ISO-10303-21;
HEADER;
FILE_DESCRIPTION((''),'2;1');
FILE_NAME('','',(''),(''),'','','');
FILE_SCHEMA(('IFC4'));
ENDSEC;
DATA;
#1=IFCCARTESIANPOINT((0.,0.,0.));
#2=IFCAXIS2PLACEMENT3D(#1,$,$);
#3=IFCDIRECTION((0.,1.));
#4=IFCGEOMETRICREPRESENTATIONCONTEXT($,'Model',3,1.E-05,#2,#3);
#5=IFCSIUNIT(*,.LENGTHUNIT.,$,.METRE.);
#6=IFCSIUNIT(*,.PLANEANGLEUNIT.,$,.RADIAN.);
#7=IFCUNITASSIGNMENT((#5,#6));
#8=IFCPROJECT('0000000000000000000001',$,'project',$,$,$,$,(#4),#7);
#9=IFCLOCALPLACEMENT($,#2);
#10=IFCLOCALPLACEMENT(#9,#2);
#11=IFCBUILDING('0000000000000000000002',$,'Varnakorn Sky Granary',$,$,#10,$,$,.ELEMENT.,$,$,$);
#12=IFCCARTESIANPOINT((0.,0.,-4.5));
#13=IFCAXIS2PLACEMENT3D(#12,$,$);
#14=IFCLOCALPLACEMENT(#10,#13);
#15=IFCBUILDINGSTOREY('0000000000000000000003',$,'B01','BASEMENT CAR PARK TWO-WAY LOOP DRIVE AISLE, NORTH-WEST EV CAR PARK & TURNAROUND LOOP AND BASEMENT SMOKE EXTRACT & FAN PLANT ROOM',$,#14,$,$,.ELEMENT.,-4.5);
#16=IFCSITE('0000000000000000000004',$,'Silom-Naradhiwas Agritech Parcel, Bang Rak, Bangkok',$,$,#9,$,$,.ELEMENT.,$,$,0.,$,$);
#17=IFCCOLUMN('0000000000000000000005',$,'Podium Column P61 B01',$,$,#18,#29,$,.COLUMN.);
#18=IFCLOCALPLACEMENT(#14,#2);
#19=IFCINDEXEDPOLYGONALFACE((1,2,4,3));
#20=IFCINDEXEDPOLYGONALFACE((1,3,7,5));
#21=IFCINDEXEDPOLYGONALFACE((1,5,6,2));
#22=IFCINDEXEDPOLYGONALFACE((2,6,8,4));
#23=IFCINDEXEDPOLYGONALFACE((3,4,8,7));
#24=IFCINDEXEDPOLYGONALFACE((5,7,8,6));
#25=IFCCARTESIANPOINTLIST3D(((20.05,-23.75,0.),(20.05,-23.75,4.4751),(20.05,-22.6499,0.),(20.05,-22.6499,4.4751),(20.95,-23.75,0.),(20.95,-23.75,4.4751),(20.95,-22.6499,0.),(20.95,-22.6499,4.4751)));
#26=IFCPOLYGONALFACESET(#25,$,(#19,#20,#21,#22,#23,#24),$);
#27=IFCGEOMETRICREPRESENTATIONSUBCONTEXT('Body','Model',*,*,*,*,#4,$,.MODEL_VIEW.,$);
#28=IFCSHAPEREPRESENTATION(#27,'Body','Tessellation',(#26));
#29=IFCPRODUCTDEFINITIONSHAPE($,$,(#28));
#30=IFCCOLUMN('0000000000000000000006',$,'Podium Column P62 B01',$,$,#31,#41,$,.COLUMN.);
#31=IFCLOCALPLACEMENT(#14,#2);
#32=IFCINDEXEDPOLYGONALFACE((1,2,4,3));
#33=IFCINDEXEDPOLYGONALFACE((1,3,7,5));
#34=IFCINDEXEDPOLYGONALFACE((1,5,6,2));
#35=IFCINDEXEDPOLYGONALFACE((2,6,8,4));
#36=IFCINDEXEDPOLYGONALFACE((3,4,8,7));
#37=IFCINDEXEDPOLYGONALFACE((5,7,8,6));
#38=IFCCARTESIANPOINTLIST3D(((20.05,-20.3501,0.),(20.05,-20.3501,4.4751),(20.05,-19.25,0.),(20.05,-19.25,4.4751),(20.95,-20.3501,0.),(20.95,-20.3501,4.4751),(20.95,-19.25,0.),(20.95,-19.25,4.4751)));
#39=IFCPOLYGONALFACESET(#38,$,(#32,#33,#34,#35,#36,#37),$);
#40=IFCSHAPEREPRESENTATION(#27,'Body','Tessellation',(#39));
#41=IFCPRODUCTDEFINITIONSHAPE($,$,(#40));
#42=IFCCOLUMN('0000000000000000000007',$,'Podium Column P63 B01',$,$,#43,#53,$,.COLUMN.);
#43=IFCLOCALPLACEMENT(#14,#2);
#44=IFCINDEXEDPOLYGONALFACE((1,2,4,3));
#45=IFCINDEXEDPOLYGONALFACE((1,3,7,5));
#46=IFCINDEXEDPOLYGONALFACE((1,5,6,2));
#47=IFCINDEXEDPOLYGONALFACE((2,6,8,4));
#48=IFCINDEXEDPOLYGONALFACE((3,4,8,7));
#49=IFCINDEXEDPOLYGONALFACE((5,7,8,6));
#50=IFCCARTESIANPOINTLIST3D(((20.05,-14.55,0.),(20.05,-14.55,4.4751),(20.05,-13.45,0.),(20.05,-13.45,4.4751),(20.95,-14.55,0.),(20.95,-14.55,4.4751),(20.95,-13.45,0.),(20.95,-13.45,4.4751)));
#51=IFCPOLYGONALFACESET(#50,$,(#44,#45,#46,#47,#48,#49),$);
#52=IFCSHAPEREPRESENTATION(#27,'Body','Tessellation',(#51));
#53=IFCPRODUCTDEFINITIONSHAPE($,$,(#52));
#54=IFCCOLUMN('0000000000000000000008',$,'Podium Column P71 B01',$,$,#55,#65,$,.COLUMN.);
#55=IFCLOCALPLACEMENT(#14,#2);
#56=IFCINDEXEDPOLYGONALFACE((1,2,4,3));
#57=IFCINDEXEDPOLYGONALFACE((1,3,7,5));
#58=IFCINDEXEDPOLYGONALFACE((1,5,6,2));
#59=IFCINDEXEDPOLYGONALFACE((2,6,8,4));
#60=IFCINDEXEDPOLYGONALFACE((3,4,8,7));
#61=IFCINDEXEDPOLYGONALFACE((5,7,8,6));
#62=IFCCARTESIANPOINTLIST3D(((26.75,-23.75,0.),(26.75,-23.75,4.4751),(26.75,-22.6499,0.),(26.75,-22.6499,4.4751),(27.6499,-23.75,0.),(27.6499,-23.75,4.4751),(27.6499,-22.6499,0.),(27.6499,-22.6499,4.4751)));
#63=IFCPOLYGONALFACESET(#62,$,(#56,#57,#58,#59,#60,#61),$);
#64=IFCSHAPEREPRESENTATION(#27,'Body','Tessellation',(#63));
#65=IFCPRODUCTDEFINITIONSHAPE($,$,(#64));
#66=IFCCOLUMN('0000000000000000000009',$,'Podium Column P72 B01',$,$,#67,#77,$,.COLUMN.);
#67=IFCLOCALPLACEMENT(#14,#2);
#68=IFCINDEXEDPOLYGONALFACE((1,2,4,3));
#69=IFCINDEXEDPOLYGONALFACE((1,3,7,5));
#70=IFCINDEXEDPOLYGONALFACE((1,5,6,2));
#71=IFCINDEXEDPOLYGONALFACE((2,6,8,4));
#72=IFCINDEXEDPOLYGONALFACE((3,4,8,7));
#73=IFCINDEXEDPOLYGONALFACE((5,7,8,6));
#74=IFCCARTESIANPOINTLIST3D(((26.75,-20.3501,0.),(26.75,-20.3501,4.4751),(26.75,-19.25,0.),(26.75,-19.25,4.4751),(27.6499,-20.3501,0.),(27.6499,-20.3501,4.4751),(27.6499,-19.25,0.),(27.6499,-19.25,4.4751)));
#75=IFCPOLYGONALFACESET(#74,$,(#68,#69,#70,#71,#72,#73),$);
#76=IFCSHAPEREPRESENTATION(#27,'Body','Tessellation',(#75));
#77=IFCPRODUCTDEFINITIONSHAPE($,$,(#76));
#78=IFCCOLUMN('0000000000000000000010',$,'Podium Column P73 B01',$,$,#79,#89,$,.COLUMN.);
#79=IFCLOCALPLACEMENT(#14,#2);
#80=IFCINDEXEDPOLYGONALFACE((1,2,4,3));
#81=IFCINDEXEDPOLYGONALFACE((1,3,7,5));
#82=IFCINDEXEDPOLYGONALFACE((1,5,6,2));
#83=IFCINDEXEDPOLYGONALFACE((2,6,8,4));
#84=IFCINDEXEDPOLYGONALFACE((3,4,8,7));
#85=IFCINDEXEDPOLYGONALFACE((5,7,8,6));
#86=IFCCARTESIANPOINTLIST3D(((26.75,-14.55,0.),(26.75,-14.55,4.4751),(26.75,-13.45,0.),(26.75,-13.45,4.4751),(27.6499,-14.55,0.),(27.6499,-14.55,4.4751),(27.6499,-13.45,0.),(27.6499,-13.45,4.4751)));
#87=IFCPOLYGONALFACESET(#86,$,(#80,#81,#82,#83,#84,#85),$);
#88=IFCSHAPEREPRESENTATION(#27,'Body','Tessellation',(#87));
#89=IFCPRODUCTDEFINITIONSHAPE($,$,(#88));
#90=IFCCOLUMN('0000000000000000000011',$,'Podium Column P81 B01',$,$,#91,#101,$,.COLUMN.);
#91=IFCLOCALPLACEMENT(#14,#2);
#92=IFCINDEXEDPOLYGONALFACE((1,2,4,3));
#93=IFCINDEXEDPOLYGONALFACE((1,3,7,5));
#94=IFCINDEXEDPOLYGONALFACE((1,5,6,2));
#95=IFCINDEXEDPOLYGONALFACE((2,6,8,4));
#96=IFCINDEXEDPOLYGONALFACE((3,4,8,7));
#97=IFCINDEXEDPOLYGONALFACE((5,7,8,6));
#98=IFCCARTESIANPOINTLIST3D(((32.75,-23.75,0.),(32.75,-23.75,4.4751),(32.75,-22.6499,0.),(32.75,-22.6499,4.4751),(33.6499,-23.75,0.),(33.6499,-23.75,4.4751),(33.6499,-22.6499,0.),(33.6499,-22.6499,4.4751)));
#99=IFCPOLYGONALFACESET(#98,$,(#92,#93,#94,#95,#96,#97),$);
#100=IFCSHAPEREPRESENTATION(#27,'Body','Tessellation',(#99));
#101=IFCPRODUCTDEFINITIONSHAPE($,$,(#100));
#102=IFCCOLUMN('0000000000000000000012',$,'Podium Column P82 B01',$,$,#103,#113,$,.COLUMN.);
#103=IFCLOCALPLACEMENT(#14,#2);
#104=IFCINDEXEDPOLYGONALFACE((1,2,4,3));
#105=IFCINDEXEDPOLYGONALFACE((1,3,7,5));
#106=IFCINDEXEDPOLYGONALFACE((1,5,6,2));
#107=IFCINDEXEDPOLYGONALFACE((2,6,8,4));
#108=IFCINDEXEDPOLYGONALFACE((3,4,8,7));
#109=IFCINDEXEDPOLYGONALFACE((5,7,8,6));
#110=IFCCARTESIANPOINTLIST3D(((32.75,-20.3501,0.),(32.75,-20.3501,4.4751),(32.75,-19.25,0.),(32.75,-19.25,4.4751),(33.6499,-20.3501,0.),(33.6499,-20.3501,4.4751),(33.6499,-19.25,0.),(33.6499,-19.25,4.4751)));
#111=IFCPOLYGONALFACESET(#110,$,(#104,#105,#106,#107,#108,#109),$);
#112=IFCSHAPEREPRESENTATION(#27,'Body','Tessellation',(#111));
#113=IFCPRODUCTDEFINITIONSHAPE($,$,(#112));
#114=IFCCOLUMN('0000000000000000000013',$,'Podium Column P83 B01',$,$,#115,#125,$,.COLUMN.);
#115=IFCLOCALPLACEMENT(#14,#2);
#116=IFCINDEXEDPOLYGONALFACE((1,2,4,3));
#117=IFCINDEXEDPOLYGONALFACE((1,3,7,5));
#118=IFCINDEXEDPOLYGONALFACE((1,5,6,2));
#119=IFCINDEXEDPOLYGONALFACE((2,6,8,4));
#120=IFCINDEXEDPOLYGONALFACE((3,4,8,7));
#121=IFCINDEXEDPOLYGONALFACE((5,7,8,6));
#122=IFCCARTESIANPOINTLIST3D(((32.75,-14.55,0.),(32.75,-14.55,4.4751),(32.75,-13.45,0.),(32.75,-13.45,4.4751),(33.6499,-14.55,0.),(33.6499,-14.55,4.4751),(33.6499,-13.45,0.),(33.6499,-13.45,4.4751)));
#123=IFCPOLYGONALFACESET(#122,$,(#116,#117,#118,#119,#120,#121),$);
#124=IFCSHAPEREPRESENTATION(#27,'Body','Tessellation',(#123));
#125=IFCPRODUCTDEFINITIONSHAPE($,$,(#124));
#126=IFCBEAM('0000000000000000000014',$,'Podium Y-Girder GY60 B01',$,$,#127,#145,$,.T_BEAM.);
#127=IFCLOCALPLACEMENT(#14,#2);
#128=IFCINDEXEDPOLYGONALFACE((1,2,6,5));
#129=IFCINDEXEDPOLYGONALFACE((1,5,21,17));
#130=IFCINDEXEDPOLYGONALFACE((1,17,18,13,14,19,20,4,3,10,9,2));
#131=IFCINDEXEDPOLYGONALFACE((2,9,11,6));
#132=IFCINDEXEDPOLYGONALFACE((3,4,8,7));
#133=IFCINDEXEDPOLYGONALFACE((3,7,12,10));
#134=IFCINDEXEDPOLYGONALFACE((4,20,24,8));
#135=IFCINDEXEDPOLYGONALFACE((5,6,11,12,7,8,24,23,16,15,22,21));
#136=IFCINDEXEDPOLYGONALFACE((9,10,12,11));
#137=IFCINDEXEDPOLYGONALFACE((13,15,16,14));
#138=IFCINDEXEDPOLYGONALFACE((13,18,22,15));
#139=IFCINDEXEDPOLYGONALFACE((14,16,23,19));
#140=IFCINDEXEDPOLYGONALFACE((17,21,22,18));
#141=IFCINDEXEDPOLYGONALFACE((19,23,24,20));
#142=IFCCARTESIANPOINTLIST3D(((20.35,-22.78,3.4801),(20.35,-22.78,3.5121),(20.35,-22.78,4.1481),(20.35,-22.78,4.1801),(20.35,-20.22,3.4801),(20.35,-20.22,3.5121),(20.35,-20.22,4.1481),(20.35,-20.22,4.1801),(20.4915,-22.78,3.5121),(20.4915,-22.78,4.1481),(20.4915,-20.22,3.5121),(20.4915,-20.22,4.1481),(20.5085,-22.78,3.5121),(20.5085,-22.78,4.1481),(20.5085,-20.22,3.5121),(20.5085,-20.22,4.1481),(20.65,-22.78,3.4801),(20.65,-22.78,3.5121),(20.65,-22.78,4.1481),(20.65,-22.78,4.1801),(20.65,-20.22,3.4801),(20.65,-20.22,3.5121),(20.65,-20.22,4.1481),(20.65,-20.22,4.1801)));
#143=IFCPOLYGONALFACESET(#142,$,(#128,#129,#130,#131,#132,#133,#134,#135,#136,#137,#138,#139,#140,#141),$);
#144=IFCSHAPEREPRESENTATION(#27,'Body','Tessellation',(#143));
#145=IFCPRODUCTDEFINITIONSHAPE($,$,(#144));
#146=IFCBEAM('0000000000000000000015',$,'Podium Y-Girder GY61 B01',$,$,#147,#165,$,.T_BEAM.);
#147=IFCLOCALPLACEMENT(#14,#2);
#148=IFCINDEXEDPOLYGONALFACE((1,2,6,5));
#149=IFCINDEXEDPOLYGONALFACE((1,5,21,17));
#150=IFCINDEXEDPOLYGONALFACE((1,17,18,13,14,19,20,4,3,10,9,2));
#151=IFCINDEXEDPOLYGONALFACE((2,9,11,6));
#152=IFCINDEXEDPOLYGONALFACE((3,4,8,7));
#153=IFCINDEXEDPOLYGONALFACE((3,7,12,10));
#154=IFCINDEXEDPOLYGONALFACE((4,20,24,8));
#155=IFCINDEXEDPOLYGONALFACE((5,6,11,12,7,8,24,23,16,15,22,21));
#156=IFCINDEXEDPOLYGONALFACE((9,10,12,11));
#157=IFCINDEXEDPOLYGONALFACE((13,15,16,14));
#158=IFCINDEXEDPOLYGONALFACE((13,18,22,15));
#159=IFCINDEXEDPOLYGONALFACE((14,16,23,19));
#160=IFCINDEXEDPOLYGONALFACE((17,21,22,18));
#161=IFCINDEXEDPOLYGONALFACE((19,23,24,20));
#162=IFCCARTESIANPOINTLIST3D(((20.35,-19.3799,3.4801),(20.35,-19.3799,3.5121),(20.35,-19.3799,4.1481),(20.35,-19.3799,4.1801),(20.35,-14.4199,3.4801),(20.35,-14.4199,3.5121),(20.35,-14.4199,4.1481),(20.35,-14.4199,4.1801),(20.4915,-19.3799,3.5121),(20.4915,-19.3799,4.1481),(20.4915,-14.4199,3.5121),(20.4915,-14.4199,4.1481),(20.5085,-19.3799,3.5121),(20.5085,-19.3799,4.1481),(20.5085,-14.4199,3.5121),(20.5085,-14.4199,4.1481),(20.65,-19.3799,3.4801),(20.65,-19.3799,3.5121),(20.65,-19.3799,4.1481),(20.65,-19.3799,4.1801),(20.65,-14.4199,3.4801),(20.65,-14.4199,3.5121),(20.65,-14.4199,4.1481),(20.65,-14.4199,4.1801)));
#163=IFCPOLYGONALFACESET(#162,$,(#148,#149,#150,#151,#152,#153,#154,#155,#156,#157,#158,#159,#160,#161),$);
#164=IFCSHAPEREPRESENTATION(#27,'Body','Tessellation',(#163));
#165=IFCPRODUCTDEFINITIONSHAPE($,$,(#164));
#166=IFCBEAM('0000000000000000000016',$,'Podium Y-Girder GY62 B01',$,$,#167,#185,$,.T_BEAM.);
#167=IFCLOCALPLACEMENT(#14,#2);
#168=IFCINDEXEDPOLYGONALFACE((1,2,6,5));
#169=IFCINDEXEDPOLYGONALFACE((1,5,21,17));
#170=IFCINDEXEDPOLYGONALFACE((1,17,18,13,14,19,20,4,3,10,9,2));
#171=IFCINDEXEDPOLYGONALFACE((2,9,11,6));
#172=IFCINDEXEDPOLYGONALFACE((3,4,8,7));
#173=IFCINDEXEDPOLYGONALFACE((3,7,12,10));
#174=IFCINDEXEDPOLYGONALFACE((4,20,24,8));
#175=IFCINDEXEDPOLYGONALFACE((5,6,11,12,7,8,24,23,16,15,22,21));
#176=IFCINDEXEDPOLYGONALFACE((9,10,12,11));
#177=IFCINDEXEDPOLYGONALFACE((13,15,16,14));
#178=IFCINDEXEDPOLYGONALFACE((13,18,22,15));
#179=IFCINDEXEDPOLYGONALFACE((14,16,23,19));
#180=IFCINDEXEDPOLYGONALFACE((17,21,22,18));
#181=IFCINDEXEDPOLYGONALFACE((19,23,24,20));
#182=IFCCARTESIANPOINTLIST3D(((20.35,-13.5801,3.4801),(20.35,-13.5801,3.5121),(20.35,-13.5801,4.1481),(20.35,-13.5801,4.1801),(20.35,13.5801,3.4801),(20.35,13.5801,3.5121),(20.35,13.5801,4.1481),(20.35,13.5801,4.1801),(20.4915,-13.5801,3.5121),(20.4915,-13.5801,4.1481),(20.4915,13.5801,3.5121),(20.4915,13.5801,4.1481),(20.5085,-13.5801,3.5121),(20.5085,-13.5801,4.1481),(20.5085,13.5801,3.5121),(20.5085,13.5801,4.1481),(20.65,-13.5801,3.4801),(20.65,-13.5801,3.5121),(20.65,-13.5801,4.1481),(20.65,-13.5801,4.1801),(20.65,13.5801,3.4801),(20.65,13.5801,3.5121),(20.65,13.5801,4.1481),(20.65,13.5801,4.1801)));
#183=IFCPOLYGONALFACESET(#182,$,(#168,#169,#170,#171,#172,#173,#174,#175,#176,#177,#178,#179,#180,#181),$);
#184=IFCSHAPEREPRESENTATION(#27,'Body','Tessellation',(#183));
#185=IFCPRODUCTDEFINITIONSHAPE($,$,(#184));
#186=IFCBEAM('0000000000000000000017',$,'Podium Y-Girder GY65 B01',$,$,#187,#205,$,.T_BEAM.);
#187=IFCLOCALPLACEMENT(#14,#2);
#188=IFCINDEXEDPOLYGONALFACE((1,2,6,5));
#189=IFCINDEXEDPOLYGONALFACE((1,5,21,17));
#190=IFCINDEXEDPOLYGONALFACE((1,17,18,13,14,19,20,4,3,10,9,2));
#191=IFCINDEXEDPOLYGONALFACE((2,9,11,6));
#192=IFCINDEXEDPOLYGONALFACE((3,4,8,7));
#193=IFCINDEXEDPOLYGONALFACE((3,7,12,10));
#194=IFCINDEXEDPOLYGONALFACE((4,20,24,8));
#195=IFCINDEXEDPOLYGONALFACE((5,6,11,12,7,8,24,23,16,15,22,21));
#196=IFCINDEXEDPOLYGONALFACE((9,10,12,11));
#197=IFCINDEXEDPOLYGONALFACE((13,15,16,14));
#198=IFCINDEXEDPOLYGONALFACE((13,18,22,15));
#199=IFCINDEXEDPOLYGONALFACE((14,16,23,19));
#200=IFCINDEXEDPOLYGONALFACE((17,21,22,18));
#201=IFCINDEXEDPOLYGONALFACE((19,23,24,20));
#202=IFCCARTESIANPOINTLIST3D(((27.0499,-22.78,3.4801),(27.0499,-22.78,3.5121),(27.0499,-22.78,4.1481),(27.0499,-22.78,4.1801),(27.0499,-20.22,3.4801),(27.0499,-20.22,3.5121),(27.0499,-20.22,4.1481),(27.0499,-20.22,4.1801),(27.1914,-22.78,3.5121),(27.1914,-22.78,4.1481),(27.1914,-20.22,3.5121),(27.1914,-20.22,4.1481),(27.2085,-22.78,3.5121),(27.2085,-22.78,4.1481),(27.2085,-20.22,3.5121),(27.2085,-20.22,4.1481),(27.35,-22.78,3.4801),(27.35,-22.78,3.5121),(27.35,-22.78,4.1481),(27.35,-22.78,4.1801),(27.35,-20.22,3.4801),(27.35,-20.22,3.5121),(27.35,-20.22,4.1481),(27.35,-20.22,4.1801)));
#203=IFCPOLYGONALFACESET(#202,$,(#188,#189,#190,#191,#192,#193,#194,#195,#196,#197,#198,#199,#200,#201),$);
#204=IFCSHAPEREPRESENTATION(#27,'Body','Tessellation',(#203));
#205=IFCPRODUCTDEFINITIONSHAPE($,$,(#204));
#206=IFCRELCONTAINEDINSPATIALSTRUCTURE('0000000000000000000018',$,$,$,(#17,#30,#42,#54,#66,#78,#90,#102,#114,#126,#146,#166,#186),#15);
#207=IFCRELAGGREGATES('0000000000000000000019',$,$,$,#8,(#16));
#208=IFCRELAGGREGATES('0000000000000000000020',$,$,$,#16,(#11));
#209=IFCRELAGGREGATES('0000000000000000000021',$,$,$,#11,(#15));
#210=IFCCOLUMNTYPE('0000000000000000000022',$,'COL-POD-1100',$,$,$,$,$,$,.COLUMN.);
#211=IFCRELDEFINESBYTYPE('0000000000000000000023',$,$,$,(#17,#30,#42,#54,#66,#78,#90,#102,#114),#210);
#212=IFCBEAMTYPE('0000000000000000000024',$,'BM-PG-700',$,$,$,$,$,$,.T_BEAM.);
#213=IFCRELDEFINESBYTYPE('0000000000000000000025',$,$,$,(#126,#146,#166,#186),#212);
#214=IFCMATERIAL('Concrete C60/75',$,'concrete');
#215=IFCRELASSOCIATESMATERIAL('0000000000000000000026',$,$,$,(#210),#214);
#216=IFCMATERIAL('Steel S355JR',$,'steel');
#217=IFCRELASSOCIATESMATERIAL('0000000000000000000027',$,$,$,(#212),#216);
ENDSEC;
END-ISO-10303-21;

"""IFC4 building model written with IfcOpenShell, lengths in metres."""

from ifc_helpers import new_model, si_unit, direction, frame, origin, origin_2d, place, context, subcontext, project, spatial, rectangle, i_section, extrude, material, material_profile, profile_set, type_object, element, save


model = new_model("IFC4")

# Units and contexts
model_context = context("Model", 3, precision=1e-05, world=origin(), true_north=direction((0.0, 1.0)))
body_context = subcontext(model_context, "Body", "Model", "MODEL_VIEW")
ifc_project = project(units=[si_unit("LENGTHUNIT", "METRE"), si_unit("PLANEANGLEUNIT", "RADIAN")], contexts=[model_context])

# Site, building, storey
site_placement = place(None, origin())
site = spatial("IfcSite", under=ifc_project, at=site_placement, Name="Silom-Naradhiwas Agritech Parcel, Bang Rak, Bangkok", CompositionType="ELEMENT", RefElevation=0.0)
building_placement = place(site_placement, origin())
building = spatial("IfcBuilding", under=site, at=building_placement, Name="Varnakorn Sky Granary", CompositionType="ELEMENT")
storey_placement = place(building_placement, frame((0.0, 0.0, -4.5)))
storey = spatial("IfcBuildingStorey", under=building, at=storey_placement, Name="B01", Description="BASEMENT CAR PARK TWO-WAY LOOP DRIVE AISLE, NORTH-WEST EV CAR PARK & TURNAROUND LOOP AND BASEMENT SMOKE EXTRACT & FAN PLANT ROOM", CompositionType="ELEMENT", Elevation=-4.5)

# Columns
ifc_material_1 = material(Name="Concrete C60/75", Category="concrete")
ifc_material_profile_1 = material_profile(ifc_material_1, rectangle(XDim=0.8999, YDim=1.1001, at=origin_2d()), Name="RC 900x1100")
ifc_profile_set_1 = profile_set([ifc_material_profile_1], Name="Concrete C60/75")
column_type = type_object("IfcColumnType", Name="COL-POD-1100", PredefinedType="COLUMN", material=ifc_profile_set_1)
for number, where, z_axis, x_axis, name in (
    (1, (20.5, -23.2, 0.0), (0.0, 0.0, 1.0), (1.0, 0.0, 0.0), "Podium Column P61 B01"),
    (2, (20.5, -19.8, 0.0), (0.0, 0.0, 1.0), (1.0, 0.0, 0.0), "Podium Column P62 B01"),
    (3, (20.5, -14.0, 0.0), (0.0, 0.0, 1.0), (1.0, 0.0, 0.0), "Podium Column P63 B01"),
    (4, (27.2, -23.2, 0.0), (0.0, 0.0, 1.0), (1.0, 0.0, 0.0), "Podium Column P71 B01"),
    (5, (27.2, -19.8, 0.0), (0.0, 0.0, 1.0), (1.0, 0.0, 0.0), "Podium Column P72 B01"),
    (6, (27.2, -14.0, 0.0), (0.0, 0.0, 1.0), (1.0, 0.0, 0.0), "Podium Column P73 B01"),
    (7, (33.2, -23.2, 0.0), (0.0, 0.0, 1.0), (1.0, 0.0, 0.0), "Podium Column P81 B01"),
    (8, (33.2, -19.8, 0.0), (0.0, 0.0, 1.0), (1.0, 0.0, 0.0), "Podium Column P82 B01"),
    (9, (33.2, -14.0, 0.0), (0.0, 0.0, 1.0), (1.0, 0.0, 0.0), "Podium Column P83 B01"),
):
    element("IfcColumn", number, at=place(storey_placement, frame(where, z_axis=z_axis, x_axis=x_axis)), inside=storey, type_object=column_type, Name=name, PredefinedType="COLUMN", context=body_context, shape_type="SweptSolid", body=[
        extrude(rectangle(XDim=0.8999, YDim=1.1001, at=origin_2d()), origin(), (0.0, 0.0, 1.0), 4.4751),
    ])

# Beams
ifc_material_2 = material(Name="Steel S355JR", Category="steel")
ifc_material_profile_2 = material_profile(ifc_material_2, i_section(OverallWidth=0.3, OverallDepth=0.7, WebThickness=0.0171, FlangeThickness=0.032, at=origin_2d()), Name="HE 700 B")
ifc_profile_set_2 = profile_set([ifc_material_profile_2], Name="Steel S355JR")
beam_type_1 = type_object("IfcBeamType", Name="BM-PG-700", PredefinedType="T_BEAM", material=ifc_profile_set_2)
beam_1_placement = place(storey_placement, frame((20.5, -22.78, 3.8301), z_axis=(0.0, 1.0, 0.0), x_axis=(-1.0, 0.0, 0.0)))
element("IfcBeam", 10, at=beam_1_placement, inside=storey, type_object=beam_type_1, Name="Podium Y-Girder GY60 B01", PredefinedType="T_BEAM", context=body_context, shape_type="SweptSolid", body=[
    extrude(i_section(OverallWidth=0.3, OverallDepth=0.7, WebThickness=0.0171, FlangeThickness=0.032, at=origin_2d()), origin(), (0.0, 0.0, 1.0), 2.5601),
])
beam_2_placement = place(storey_placement, frame((20.5, -19.3799, 3.8301), z_axis=(0.0, 1.0, 0.0), x_axis=(-1.0, 0.0, 0.0)))
element("IfcBeam", 11, at=beam_2_placement, inside=storey, type_object=beam_type_1, Name="Podium Y-Girder GY61 B01", PredefinedType="T_BEAM", context=body_context, shape_type="SweptSolid", body=[
    extrude(i_section(OverallWidth=0.3, OverallDepth=0.7, WebThickness=0.0171, FlangeThickness=0.032, at=origin_2d()), origin(), (0.0, 0.0, 1.0), 4.96),
])
beam_3_placement = place(storey_placement, frame((20.5, -13.5801, 3.8301), z_axis=(0.0, 1.0, 0.0), x_axis=(-1.0, 0.0, 0.0)))
element("IfcBeam", 12, at=beam_3_placement, inside=storey, type_object=beam_type_1, Name="Podium Y-Girder GY62 B01", PredefinedType="T_BEAM", context=body_context, shape_type="SweptSolid", body=[
    extrude(i_section(OverallWidth=0.3, OverallDepth=0.7, WebThickness=0.0171, FlangeThickness=0.032, at=origin_2d()), origin(), (0.0, 0.0, 1.0), 27.1602),
])
beam_4_placement = place(storey_placement, frame((27.2, -22.78, 3.8301), z_axis=(0.0, 1.0, 0.0), x_axis=(-1.0, 0.0, 0.0)))
element("IfcBeam", 13, at=beam_4_placement, inside=storey, type_object=beam_type_1, Name="Podium Y-Girder GY65 B01", PredefinedType="T_BEAM", context=body_context, shape_type="SweptSolid", body=[
    extrude(i_section(OverallWidth=0.3, OverallDepth=0.7, WebThickness=0.0171, FlangeThickness=0.032, at=origin_2d()), origin(), (0.0, 0.0, 1.0), 2.5601),
])

save(model, "model.ifc")
